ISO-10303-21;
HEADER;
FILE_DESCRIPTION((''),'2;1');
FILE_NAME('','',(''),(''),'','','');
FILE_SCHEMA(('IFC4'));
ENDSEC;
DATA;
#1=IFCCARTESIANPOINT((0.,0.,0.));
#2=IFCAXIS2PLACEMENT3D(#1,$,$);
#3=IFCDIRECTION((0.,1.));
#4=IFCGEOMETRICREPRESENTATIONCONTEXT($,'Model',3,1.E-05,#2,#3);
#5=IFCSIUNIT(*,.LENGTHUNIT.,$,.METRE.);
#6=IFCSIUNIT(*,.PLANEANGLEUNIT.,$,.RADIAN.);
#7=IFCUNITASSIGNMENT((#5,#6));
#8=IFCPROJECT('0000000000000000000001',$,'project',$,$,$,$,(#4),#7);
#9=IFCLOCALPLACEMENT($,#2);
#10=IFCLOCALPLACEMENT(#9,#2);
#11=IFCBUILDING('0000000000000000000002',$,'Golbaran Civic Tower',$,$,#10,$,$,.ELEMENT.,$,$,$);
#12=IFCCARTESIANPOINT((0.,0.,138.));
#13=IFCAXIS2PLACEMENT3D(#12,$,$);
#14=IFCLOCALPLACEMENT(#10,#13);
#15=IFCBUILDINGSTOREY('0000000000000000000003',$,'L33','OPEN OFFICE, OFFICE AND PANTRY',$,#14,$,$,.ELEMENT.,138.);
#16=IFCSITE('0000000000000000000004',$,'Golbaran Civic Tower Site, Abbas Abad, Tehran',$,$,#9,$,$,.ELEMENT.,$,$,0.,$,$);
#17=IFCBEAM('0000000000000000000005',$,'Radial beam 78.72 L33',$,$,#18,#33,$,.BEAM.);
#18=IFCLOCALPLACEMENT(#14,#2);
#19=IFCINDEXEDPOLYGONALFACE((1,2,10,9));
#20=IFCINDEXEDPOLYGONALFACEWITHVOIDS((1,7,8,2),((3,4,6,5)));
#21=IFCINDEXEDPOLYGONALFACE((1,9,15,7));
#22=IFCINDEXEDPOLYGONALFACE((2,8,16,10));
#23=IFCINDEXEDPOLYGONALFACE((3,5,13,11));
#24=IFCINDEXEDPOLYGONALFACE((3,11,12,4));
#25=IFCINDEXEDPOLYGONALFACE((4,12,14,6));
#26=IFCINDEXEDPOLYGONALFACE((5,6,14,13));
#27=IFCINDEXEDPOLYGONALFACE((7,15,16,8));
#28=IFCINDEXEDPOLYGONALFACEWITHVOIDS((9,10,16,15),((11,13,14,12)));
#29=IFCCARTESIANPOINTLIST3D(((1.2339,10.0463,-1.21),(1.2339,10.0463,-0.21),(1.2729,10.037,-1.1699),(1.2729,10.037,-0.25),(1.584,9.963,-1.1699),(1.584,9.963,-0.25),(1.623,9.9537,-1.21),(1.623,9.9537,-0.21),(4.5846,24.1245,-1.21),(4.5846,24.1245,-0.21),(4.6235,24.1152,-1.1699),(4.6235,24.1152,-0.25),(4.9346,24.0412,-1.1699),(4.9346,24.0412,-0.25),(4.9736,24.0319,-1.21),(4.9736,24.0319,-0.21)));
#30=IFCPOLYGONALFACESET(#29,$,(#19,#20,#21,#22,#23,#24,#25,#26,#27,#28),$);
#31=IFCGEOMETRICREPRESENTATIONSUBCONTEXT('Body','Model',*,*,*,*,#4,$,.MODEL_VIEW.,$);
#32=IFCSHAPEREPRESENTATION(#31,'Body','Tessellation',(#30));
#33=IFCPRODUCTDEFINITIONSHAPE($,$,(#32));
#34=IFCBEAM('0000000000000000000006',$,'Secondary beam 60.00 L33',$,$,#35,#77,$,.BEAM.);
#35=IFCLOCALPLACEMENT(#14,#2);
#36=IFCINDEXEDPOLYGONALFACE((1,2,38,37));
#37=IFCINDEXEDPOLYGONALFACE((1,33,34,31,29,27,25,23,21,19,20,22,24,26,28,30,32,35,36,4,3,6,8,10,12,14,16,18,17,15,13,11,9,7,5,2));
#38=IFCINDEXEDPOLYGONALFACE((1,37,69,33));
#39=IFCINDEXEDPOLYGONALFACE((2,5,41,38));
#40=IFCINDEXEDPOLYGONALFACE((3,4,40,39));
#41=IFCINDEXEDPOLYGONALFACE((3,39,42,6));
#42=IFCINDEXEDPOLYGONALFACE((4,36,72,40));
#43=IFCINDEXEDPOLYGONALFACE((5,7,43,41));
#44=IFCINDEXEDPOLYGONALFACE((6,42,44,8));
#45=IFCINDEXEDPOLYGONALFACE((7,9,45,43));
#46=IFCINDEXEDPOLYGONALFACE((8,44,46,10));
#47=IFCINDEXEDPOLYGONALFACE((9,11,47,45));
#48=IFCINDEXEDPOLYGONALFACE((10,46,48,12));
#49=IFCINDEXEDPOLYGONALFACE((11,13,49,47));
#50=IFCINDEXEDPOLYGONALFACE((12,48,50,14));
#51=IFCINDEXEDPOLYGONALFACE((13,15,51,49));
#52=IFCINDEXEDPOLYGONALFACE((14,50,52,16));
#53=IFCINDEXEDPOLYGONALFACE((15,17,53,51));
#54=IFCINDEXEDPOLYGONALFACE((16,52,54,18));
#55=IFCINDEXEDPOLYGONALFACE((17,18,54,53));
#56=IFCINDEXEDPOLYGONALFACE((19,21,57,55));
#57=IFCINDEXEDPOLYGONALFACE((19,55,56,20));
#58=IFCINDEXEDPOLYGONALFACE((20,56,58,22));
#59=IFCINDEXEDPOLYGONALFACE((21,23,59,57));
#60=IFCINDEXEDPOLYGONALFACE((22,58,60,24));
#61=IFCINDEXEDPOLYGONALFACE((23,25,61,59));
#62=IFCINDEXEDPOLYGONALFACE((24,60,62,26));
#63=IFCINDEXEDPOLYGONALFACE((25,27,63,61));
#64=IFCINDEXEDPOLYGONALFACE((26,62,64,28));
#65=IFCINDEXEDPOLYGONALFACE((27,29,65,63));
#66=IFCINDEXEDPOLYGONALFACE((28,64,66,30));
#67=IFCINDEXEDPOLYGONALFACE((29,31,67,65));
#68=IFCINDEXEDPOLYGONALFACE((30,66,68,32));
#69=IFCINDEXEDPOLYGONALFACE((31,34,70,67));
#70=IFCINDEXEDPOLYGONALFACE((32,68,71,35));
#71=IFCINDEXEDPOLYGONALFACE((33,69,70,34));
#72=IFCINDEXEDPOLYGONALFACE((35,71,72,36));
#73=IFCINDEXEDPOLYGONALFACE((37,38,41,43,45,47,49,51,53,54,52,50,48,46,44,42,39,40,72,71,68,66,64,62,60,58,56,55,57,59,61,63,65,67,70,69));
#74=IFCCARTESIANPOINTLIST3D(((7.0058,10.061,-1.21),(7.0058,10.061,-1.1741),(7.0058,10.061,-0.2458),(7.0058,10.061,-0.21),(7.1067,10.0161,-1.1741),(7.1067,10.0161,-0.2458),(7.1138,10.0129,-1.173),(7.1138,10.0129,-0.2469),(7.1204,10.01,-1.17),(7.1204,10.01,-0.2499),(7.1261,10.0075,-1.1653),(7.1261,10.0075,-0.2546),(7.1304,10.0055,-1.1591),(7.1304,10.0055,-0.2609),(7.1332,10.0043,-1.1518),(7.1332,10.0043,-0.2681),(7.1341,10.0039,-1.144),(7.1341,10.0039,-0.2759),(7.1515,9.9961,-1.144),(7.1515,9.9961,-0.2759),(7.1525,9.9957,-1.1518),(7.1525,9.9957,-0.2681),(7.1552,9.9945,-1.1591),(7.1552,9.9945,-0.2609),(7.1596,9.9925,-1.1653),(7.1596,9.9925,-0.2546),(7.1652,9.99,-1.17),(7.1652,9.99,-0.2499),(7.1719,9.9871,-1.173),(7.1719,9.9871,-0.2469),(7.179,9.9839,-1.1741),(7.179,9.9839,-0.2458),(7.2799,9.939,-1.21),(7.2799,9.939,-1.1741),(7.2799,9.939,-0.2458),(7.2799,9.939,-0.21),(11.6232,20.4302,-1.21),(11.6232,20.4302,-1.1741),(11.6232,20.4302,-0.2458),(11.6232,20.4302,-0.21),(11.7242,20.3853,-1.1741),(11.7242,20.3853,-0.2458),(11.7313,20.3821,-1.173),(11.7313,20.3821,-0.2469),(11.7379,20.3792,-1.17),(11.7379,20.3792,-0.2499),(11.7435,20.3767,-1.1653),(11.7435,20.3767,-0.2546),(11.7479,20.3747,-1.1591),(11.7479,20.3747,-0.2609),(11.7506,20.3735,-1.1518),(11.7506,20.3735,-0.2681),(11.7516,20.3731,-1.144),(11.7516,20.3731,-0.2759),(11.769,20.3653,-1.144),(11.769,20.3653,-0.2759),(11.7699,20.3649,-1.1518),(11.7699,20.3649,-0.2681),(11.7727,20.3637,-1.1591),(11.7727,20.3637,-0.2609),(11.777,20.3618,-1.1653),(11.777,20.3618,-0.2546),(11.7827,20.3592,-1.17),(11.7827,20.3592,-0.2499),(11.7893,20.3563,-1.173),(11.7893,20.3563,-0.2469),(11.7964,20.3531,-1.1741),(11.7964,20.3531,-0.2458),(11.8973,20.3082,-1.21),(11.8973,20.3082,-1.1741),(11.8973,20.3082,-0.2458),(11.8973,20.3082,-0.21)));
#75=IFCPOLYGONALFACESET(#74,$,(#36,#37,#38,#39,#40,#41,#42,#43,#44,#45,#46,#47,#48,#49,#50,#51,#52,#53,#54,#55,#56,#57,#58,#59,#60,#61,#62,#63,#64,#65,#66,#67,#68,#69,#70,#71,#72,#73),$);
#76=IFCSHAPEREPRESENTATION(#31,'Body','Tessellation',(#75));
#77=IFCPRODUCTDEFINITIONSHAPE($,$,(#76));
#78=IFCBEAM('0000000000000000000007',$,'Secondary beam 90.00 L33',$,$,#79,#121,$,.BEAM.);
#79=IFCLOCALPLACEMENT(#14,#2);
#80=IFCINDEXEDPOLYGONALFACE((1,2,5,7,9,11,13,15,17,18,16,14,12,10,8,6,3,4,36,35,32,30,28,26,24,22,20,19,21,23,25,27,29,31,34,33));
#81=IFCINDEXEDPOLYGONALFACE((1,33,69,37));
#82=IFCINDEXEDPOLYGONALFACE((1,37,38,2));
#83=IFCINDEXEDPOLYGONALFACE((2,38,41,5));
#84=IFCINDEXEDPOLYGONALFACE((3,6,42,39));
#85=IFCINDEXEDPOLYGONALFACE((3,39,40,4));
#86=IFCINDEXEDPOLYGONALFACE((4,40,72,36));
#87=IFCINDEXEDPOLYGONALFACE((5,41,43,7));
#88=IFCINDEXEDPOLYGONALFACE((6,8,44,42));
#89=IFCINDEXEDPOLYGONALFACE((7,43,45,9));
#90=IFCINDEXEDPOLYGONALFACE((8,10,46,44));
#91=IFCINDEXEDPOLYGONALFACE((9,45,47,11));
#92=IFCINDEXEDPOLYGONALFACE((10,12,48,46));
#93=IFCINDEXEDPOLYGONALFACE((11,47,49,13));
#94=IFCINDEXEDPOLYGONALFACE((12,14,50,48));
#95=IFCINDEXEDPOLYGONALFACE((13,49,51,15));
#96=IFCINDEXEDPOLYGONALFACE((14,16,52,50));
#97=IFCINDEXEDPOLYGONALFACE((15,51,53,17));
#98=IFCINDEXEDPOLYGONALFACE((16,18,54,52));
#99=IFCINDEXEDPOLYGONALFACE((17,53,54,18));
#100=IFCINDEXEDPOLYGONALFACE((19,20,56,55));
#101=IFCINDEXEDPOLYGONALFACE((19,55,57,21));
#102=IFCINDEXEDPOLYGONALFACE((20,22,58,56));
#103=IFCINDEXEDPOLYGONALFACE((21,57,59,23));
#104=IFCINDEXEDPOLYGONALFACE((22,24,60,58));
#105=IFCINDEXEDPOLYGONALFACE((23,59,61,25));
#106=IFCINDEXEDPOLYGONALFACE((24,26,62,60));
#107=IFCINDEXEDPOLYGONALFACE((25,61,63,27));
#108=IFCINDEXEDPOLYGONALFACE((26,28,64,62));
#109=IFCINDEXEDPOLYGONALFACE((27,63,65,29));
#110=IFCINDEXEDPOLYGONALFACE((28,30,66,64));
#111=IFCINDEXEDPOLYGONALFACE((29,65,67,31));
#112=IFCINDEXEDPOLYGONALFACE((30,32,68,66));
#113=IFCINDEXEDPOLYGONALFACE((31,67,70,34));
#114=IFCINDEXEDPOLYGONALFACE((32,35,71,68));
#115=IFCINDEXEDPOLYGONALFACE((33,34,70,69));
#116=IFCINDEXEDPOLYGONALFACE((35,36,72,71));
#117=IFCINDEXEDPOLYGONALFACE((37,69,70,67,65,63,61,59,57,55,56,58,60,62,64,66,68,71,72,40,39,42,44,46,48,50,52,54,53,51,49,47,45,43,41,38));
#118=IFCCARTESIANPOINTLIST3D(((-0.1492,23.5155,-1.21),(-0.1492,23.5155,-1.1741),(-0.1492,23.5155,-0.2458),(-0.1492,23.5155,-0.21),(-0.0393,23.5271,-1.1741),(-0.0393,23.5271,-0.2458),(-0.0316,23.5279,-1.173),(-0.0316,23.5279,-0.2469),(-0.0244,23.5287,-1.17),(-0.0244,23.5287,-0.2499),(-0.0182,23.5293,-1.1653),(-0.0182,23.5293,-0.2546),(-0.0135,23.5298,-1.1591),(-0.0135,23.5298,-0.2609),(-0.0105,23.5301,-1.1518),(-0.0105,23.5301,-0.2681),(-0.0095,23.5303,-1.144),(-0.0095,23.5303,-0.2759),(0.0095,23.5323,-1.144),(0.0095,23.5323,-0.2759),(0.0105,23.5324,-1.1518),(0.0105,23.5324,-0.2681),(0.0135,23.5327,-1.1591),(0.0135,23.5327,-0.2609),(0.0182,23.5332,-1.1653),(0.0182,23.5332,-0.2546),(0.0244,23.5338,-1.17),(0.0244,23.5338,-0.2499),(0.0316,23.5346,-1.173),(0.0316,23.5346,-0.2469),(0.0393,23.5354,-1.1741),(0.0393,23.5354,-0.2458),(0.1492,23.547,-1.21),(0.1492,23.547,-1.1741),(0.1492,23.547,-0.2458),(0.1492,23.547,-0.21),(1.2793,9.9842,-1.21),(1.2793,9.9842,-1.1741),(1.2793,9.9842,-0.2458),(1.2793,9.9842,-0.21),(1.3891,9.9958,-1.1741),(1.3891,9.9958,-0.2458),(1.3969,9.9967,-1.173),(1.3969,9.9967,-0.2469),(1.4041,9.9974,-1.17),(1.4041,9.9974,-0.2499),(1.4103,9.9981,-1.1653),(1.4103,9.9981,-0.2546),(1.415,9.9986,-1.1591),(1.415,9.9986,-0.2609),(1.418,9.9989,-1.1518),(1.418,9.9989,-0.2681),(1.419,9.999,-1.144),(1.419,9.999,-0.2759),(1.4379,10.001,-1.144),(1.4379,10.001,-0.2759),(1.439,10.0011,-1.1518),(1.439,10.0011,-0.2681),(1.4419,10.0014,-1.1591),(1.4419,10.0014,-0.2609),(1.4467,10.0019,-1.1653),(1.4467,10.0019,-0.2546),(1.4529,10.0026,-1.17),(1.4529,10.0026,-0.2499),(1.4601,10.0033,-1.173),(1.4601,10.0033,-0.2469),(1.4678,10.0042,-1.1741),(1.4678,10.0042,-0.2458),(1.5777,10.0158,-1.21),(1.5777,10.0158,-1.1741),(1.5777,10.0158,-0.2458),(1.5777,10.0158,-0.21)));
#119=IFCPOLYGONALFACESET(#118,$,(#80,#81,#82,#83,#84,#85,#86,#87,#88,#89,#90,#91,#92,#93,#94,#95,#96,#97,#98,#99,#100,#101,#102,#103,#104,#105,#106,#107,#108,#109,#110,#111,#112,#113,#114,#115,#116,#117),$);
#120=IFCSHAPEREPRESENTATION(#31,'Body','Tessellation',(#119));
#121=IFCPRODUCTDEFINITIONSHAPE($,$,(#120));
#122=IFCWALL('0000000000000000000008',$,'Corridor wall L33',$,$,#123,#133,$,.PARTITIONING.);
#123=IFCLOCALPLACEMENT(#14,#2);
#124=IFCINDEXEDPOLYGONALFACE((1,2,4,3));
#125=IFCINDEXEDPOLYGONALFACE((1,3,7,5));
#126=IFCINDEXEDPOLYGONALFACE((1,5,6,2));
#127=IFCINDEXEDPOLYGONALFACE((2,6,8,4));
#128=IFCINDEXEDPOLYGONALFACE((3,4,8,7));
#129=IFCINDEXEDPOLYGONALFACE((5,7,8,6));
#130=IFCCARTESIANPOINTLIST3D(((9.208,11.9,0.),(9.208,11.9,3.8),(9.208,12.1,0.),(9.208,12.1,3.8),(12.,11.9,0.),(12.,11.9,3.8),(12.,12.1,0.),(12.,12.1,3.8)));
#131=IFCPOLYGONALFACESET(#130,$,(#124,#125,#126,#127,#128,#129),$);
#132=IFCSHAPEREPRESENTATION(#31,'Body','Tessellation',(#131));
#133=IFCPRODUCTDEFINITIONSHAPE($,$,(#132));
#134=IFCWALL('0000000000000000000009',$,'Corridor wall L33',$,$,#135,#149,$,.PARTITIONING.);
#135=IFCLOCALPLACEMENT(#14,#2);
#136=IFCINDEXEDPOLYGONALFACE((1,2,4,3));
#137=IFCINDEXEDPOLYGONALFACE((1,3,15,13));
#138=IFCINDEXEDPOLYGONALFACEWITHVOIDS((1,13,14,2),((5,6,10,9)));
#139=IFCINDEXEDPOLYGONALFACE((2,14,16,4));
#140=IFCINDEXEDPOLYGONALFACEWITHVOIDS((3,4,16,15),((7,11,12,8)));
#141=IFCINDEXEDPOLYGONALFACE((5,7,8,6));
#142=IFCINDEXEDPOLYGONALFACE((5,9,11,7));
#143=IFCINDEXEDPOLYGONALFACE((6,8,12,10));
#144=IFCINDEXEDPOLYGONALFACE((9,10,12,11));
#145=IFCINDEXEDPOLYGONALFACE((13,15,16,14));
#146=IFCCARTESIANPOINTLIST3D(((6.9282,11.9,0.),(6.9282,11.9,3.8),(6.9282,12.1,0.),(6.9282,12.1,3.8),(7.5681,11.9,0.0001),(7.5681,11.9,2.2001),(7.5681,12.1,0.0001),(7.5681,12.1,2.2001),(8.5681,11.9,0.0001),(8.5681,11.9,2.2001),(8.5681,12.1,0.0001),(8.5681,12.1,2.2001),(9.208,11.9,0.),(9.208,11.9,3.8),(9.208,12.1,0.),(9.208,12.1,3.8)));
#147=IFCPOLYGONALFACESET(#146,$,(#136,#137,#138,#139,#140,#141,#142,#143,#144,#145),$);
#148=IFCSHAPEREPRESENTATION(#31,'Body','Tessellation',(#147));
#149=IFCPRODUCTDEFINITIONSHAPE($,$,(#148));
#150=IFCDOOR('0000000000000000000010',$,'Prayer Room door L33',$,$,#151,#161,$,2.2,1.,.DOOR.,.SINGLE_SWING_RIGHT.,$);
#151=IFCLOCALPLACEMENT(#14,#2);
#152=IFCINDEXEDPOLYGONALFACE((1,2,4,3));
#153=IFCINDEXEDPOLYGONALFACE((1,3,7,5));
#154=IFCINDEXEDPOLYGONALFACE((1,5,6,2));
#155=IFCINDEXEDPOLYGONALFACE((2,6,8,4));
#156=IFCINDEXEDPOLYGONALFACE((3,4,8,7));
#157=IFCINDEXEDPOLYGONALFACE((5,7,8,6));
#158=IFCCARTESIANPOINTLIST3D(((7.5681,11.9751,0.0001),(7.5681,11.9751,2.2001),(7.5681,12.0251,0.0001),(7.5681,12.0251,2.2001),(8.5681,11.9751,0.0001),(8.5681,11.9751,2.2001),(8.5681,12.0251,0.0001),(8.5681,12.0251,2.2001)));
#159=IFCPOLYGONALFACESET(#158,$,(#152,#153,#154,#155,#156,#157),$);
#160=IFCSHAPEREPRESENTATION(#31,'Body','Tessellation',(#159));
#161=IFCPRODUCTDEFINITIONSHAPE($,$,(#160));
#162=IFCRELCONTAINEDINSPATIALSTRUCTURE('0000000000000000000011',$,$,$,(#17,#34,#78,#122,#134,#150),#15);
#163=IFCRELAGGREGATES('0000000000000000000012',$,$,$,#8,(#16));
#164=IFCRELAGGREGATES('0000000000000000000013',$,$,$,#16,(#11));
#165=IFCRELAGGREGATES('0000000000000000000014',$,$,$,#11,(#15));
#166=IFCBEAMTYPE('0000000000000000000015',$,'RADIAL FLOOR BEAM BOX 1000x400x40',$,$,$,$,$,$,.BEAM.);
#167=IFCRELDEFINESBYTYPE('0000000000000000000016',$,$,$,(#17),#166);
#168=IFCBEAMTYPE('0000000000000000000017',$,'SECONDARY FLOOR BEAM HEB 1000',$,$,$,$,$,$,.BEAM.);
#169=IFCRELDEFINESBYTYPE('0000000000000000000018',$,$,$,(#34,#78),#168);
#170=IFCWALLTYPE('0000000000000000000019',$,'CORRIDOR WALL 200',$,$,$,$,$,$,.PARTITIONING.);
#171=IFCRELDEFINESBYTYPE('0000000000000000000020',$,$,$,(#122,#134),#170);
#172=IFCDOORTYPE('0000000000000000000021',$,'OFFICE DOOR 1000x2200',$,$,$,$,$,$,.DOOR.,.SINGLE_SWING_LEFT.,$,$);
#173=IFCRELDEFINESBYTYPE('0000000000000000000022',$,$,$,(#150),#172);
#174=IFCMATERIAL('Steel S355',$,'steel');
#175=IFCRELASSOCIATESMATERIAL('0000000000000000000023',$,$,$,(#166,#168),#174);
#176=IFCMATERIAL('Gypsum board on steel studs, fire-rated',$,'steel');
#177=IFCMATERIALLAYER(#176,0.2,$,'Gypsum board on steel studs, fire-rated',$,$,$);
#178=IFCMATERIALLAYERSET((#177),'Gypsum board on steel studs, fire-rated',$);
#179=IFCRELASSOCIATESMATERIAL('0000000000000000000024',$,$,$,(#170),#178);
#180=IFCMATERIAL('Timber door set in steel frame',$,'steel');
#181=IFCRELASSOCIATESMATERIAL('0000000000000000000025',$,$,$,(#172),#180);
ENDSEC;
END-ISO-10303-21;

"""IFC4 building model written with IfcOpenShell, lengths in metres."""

from ifc_helpers import new_model, si_unit, direction, frame, frame_2d, origin, origin_2d, place, context, subcontext, project, spatial, rectangle, hollow_rectangle, i_section, extrude, material, layer, layer_set, material_profile, profile_set, type_object, element, fill, save


model = new_model("IFC4")

# Units and contexts
model_context = context("Model", 3, precision=1e-05, world=origin(), true_north=direction((0.0, 1.0)))
body_context = subcontext(model_context, "Body", "Model", "MODEL_VIEW")
ifc_project = project(units=[si_unit("LENGTHUNIT", "METRE"), si_unit("PLANEANGLEUNIT", "RADIAN")], contexts=[model_context])

# Site, building, storey
site_placement = place(None, origin())
site = spatial("IfcSite", under=ifc_project, at=site_placement, Name="Golbaran Civic Tower Site, Abbas Abad, Tehran", CompositionType="ELEMENT", RefElevation=0.0)
building_placement = place(site_placement, origin())
building = spatial("IfcBuilding", under=site, at=building_placement, Name="Golbaran Civic Tower", CompositionType="ELEMENT")
storey_placement = place(building_placement, frame((0.0, 0.0, 138.0)))
storey = spatial("IfcBuildingStorey", under=building, at=storey_placement, Name="L33", Description="OPEN OFFICE, OFFICE AND PANTRY", CompositionType="ELEMENT", Elevation=138.0)

# Beams
ifc_material_1 = material(Name="Steel S355", Category="steel")
ifc_material_profile_1 = material_profile(ifc_material_1, hollow_rectangle(XDim=0.3999, YDim=1.0, WallThickness=0.04, at=origin_2d()), Name="BOX 1000x400x40")
ifc_profile_set_1 = profile_set([ifc_material_profile_1], Name="Steel S355")
beam_type_1 = type_object("IfcBeamType", Name="RADIAL FLOOR BEAM BOX 1000x400x40", PredefinedType="BEAM", material=ifc_profile_set_1)
beam_1_placement = place(storey_placement, frame((1.4285, 10.0, -0.71), z_axis=(0.231532, 0.972827, 0.0), x_axis=(-0.972827, 0.231532, 0.0)))
element("IfcBeam", 1, at=beam_1_placement, inside=storey, type_object=beam_type_1, Name="Radial beam 78.72 L33", PredefinedType="BEAM", context=body_context, shape_type="SweptSolid", body=[
    extrude(hollow_rectangle(XDim=0.3999, YDim=1.0, WallThickness=0.04, at=origin_2d()), origin(), (0.0, 0.0, 1.0), 14.4714),
])
ifc_material_profile_2 = material_profile(ifc_material_1, i_section(OverallWidth=0.3, OverallDepth=1.0, WebThickness=0.019, FlangeThickness=0.0359, FilletRadius=0.03, at=origin_2d()), Name="HEB 1000")
ifc_profile_set_2 = profile_set([ifc_material_profile_2], Name="Steel S355")
beam_type_2 = type_object("IfcBeamType", Name="SECONDARY FLOOR BEAM HEB 1000", PredefinedType="BEAM", material=ifc_profile_set_2)
beam_2_placement = place(storey_placement, frame((7.1428, 10.0, -0.71), z_axis=(0.406795, 0.91352, 0.0), x_axis=(-0.91352, 0.406795, 0.0)))
element("IfcBeam", 2, at=beam_2_placement, inside=storey, type_object=beam_type_2, Name="Secondary beam 60.00 L33", PredefinedType="BEAM", context=body_context, shape_type="SweptSolid", body=[
    extrude(i_section(OverallWidth=0.3, OverallDepth=1.0, WebThickness=0.019, FlangeThickness=0.0359, FilletRadius=0.03, at=origin_2d()), origin(), (0.0, 0.0, 1.0), 11.3508),
])
beam_3_placement = place(storey_placement, frame((1.4285, 10.0, -0.71), z_axis=(-0.104985, 0.994474, 0.0), x_axis=(-0.994474, -0.104985, 0.0)))
element("IfcBeam", 3, at=beam_3_placement, inside=storey, type_object=beam_type_2, Name="Secondary beam 90.00 L33", PredefinedType="BEAM", context=body_context, shape_type="SweptSolid", body=[
    extrude(i_section(OverallWidth=0.3, OverallDepth=1.0, WebThickness=0.019, FlangeThickness=0.0359, FilletRadius=0.03, at=origin_2d()), origin(), (0.0, 0.0, 1.0), 13.6064),
])

# Wall
ifc_material_2 = material(Name="Gypsum board on steel studs, fire-rated", Category="steel")
ifc_layer_1 = layer(ifc_material_2, 0.2, Name="Gypsum board on steel studs, fire-rated")
ifc_layer_set_1 = layer_set([ifc_layer_1], Name="Gypsum board on steel studs, fire-rated")
wall_type_1 = type_object("IfcWallType", Name="CORRIDOR WALL 200", PredefinedType="PARTITIONING", material=ifc_layer_set_1)
wall_1_placement = place(storey_placement, frame((12.0, 12.0, 0.0), z_axis=(0.0, 0.0, 1.0), x_axis=(-1.0, 0.0, 0.0)))
element("IfcWall", 4, at=wall_1_placement, inside=storey, type_object=wall_type_1, Name="Corridor wall L33", PredefinedType="PARTITIONING", context=body_context, shape_type="SweptSolid", body=[
    extrude(rectangle(XDim=2.792, YDim=0.2, at=frame_2d((1.396, 0.0))), origin(), (0.0, 0.0, 1.0), 3.8),
])

# Wall, opening, door
wall_2_placement = place(storey_placement, frame((9.208, 12.0, 0.0), z_axis=(0.0, 0.0, 1.0), x_axis=(-1.0, 0.0, 0.0)))
wall_2 = element("IfcWall", 5, at=wall_2_placement, inside=storey, type_object=wall_type_1, Name="Corridor wall L33", PredefinedType="PARTITIONING", context=body_context, shape_type="SweptSolid", body=[
    extrude(rectangle(XDim=2.2798, YDim=0.2, at=frame_2d((1.1399, 0.0))), origin(), (0.0, 0.0, 1.0), 3.8),
])
opening_1_placement = place(wall_2_placement, frame((0.6399, 0.0, 0.0)))
opening_1 = element("IfcOpeningElement", 6, at=opening_1_placement, cuts=wall_2, PredefinedType="OPENING", context=body_context, shape_type="SweptSolid", body=[
    extrude(rectangle(XDim=1.0, YDim=2.2, at=frame_2d((0.5, 1.1001))), frame((0.0, 0.1099, 0.0), z_axis=(0.0, -1.0, 0.0), x_axis=(1.0, 0.0, 0.0)), (0.0, 0.0, 1.0), 0.22),
])
ifc_material_3 = material(Name="Timber door set in steel frame", Category="steel")
door_type_1 = type_object("IfcDoorType", Name="OFFICE DOOR 1000x2200", OperationType="SINGLE_SWING_LEFT", PredefinedType="DOOR", material=ifc_material_3)
door_1_placement = place(opening_1_placement, origin())
door_1 = element("IfcDoor", 7, at=door_1_placement, inside=storey, type_object=door_type_1, Name="Prayer Room door L33", OperationType="SINGLE_SWING_RIGHT", OverallHeight=2.2, OverallWidth=1.0, PredefinedType="DOOR", context=body_context, shape_type="SweptSolid", body=[
    extrude(rectangle(XDim=1.0, YDim=2.2, at=frame_2d((0.5, 1.1001))), frame((0.0, 0.0249, 0.0), z_axis=(0.0, -1.0, 0.0), x_axis=(1.0, 0.0, 0.0)), (0.0, 0.0, 1.0), 0.05),
])
fill(opening_1, door_1)

save(model, "model.ifc")
